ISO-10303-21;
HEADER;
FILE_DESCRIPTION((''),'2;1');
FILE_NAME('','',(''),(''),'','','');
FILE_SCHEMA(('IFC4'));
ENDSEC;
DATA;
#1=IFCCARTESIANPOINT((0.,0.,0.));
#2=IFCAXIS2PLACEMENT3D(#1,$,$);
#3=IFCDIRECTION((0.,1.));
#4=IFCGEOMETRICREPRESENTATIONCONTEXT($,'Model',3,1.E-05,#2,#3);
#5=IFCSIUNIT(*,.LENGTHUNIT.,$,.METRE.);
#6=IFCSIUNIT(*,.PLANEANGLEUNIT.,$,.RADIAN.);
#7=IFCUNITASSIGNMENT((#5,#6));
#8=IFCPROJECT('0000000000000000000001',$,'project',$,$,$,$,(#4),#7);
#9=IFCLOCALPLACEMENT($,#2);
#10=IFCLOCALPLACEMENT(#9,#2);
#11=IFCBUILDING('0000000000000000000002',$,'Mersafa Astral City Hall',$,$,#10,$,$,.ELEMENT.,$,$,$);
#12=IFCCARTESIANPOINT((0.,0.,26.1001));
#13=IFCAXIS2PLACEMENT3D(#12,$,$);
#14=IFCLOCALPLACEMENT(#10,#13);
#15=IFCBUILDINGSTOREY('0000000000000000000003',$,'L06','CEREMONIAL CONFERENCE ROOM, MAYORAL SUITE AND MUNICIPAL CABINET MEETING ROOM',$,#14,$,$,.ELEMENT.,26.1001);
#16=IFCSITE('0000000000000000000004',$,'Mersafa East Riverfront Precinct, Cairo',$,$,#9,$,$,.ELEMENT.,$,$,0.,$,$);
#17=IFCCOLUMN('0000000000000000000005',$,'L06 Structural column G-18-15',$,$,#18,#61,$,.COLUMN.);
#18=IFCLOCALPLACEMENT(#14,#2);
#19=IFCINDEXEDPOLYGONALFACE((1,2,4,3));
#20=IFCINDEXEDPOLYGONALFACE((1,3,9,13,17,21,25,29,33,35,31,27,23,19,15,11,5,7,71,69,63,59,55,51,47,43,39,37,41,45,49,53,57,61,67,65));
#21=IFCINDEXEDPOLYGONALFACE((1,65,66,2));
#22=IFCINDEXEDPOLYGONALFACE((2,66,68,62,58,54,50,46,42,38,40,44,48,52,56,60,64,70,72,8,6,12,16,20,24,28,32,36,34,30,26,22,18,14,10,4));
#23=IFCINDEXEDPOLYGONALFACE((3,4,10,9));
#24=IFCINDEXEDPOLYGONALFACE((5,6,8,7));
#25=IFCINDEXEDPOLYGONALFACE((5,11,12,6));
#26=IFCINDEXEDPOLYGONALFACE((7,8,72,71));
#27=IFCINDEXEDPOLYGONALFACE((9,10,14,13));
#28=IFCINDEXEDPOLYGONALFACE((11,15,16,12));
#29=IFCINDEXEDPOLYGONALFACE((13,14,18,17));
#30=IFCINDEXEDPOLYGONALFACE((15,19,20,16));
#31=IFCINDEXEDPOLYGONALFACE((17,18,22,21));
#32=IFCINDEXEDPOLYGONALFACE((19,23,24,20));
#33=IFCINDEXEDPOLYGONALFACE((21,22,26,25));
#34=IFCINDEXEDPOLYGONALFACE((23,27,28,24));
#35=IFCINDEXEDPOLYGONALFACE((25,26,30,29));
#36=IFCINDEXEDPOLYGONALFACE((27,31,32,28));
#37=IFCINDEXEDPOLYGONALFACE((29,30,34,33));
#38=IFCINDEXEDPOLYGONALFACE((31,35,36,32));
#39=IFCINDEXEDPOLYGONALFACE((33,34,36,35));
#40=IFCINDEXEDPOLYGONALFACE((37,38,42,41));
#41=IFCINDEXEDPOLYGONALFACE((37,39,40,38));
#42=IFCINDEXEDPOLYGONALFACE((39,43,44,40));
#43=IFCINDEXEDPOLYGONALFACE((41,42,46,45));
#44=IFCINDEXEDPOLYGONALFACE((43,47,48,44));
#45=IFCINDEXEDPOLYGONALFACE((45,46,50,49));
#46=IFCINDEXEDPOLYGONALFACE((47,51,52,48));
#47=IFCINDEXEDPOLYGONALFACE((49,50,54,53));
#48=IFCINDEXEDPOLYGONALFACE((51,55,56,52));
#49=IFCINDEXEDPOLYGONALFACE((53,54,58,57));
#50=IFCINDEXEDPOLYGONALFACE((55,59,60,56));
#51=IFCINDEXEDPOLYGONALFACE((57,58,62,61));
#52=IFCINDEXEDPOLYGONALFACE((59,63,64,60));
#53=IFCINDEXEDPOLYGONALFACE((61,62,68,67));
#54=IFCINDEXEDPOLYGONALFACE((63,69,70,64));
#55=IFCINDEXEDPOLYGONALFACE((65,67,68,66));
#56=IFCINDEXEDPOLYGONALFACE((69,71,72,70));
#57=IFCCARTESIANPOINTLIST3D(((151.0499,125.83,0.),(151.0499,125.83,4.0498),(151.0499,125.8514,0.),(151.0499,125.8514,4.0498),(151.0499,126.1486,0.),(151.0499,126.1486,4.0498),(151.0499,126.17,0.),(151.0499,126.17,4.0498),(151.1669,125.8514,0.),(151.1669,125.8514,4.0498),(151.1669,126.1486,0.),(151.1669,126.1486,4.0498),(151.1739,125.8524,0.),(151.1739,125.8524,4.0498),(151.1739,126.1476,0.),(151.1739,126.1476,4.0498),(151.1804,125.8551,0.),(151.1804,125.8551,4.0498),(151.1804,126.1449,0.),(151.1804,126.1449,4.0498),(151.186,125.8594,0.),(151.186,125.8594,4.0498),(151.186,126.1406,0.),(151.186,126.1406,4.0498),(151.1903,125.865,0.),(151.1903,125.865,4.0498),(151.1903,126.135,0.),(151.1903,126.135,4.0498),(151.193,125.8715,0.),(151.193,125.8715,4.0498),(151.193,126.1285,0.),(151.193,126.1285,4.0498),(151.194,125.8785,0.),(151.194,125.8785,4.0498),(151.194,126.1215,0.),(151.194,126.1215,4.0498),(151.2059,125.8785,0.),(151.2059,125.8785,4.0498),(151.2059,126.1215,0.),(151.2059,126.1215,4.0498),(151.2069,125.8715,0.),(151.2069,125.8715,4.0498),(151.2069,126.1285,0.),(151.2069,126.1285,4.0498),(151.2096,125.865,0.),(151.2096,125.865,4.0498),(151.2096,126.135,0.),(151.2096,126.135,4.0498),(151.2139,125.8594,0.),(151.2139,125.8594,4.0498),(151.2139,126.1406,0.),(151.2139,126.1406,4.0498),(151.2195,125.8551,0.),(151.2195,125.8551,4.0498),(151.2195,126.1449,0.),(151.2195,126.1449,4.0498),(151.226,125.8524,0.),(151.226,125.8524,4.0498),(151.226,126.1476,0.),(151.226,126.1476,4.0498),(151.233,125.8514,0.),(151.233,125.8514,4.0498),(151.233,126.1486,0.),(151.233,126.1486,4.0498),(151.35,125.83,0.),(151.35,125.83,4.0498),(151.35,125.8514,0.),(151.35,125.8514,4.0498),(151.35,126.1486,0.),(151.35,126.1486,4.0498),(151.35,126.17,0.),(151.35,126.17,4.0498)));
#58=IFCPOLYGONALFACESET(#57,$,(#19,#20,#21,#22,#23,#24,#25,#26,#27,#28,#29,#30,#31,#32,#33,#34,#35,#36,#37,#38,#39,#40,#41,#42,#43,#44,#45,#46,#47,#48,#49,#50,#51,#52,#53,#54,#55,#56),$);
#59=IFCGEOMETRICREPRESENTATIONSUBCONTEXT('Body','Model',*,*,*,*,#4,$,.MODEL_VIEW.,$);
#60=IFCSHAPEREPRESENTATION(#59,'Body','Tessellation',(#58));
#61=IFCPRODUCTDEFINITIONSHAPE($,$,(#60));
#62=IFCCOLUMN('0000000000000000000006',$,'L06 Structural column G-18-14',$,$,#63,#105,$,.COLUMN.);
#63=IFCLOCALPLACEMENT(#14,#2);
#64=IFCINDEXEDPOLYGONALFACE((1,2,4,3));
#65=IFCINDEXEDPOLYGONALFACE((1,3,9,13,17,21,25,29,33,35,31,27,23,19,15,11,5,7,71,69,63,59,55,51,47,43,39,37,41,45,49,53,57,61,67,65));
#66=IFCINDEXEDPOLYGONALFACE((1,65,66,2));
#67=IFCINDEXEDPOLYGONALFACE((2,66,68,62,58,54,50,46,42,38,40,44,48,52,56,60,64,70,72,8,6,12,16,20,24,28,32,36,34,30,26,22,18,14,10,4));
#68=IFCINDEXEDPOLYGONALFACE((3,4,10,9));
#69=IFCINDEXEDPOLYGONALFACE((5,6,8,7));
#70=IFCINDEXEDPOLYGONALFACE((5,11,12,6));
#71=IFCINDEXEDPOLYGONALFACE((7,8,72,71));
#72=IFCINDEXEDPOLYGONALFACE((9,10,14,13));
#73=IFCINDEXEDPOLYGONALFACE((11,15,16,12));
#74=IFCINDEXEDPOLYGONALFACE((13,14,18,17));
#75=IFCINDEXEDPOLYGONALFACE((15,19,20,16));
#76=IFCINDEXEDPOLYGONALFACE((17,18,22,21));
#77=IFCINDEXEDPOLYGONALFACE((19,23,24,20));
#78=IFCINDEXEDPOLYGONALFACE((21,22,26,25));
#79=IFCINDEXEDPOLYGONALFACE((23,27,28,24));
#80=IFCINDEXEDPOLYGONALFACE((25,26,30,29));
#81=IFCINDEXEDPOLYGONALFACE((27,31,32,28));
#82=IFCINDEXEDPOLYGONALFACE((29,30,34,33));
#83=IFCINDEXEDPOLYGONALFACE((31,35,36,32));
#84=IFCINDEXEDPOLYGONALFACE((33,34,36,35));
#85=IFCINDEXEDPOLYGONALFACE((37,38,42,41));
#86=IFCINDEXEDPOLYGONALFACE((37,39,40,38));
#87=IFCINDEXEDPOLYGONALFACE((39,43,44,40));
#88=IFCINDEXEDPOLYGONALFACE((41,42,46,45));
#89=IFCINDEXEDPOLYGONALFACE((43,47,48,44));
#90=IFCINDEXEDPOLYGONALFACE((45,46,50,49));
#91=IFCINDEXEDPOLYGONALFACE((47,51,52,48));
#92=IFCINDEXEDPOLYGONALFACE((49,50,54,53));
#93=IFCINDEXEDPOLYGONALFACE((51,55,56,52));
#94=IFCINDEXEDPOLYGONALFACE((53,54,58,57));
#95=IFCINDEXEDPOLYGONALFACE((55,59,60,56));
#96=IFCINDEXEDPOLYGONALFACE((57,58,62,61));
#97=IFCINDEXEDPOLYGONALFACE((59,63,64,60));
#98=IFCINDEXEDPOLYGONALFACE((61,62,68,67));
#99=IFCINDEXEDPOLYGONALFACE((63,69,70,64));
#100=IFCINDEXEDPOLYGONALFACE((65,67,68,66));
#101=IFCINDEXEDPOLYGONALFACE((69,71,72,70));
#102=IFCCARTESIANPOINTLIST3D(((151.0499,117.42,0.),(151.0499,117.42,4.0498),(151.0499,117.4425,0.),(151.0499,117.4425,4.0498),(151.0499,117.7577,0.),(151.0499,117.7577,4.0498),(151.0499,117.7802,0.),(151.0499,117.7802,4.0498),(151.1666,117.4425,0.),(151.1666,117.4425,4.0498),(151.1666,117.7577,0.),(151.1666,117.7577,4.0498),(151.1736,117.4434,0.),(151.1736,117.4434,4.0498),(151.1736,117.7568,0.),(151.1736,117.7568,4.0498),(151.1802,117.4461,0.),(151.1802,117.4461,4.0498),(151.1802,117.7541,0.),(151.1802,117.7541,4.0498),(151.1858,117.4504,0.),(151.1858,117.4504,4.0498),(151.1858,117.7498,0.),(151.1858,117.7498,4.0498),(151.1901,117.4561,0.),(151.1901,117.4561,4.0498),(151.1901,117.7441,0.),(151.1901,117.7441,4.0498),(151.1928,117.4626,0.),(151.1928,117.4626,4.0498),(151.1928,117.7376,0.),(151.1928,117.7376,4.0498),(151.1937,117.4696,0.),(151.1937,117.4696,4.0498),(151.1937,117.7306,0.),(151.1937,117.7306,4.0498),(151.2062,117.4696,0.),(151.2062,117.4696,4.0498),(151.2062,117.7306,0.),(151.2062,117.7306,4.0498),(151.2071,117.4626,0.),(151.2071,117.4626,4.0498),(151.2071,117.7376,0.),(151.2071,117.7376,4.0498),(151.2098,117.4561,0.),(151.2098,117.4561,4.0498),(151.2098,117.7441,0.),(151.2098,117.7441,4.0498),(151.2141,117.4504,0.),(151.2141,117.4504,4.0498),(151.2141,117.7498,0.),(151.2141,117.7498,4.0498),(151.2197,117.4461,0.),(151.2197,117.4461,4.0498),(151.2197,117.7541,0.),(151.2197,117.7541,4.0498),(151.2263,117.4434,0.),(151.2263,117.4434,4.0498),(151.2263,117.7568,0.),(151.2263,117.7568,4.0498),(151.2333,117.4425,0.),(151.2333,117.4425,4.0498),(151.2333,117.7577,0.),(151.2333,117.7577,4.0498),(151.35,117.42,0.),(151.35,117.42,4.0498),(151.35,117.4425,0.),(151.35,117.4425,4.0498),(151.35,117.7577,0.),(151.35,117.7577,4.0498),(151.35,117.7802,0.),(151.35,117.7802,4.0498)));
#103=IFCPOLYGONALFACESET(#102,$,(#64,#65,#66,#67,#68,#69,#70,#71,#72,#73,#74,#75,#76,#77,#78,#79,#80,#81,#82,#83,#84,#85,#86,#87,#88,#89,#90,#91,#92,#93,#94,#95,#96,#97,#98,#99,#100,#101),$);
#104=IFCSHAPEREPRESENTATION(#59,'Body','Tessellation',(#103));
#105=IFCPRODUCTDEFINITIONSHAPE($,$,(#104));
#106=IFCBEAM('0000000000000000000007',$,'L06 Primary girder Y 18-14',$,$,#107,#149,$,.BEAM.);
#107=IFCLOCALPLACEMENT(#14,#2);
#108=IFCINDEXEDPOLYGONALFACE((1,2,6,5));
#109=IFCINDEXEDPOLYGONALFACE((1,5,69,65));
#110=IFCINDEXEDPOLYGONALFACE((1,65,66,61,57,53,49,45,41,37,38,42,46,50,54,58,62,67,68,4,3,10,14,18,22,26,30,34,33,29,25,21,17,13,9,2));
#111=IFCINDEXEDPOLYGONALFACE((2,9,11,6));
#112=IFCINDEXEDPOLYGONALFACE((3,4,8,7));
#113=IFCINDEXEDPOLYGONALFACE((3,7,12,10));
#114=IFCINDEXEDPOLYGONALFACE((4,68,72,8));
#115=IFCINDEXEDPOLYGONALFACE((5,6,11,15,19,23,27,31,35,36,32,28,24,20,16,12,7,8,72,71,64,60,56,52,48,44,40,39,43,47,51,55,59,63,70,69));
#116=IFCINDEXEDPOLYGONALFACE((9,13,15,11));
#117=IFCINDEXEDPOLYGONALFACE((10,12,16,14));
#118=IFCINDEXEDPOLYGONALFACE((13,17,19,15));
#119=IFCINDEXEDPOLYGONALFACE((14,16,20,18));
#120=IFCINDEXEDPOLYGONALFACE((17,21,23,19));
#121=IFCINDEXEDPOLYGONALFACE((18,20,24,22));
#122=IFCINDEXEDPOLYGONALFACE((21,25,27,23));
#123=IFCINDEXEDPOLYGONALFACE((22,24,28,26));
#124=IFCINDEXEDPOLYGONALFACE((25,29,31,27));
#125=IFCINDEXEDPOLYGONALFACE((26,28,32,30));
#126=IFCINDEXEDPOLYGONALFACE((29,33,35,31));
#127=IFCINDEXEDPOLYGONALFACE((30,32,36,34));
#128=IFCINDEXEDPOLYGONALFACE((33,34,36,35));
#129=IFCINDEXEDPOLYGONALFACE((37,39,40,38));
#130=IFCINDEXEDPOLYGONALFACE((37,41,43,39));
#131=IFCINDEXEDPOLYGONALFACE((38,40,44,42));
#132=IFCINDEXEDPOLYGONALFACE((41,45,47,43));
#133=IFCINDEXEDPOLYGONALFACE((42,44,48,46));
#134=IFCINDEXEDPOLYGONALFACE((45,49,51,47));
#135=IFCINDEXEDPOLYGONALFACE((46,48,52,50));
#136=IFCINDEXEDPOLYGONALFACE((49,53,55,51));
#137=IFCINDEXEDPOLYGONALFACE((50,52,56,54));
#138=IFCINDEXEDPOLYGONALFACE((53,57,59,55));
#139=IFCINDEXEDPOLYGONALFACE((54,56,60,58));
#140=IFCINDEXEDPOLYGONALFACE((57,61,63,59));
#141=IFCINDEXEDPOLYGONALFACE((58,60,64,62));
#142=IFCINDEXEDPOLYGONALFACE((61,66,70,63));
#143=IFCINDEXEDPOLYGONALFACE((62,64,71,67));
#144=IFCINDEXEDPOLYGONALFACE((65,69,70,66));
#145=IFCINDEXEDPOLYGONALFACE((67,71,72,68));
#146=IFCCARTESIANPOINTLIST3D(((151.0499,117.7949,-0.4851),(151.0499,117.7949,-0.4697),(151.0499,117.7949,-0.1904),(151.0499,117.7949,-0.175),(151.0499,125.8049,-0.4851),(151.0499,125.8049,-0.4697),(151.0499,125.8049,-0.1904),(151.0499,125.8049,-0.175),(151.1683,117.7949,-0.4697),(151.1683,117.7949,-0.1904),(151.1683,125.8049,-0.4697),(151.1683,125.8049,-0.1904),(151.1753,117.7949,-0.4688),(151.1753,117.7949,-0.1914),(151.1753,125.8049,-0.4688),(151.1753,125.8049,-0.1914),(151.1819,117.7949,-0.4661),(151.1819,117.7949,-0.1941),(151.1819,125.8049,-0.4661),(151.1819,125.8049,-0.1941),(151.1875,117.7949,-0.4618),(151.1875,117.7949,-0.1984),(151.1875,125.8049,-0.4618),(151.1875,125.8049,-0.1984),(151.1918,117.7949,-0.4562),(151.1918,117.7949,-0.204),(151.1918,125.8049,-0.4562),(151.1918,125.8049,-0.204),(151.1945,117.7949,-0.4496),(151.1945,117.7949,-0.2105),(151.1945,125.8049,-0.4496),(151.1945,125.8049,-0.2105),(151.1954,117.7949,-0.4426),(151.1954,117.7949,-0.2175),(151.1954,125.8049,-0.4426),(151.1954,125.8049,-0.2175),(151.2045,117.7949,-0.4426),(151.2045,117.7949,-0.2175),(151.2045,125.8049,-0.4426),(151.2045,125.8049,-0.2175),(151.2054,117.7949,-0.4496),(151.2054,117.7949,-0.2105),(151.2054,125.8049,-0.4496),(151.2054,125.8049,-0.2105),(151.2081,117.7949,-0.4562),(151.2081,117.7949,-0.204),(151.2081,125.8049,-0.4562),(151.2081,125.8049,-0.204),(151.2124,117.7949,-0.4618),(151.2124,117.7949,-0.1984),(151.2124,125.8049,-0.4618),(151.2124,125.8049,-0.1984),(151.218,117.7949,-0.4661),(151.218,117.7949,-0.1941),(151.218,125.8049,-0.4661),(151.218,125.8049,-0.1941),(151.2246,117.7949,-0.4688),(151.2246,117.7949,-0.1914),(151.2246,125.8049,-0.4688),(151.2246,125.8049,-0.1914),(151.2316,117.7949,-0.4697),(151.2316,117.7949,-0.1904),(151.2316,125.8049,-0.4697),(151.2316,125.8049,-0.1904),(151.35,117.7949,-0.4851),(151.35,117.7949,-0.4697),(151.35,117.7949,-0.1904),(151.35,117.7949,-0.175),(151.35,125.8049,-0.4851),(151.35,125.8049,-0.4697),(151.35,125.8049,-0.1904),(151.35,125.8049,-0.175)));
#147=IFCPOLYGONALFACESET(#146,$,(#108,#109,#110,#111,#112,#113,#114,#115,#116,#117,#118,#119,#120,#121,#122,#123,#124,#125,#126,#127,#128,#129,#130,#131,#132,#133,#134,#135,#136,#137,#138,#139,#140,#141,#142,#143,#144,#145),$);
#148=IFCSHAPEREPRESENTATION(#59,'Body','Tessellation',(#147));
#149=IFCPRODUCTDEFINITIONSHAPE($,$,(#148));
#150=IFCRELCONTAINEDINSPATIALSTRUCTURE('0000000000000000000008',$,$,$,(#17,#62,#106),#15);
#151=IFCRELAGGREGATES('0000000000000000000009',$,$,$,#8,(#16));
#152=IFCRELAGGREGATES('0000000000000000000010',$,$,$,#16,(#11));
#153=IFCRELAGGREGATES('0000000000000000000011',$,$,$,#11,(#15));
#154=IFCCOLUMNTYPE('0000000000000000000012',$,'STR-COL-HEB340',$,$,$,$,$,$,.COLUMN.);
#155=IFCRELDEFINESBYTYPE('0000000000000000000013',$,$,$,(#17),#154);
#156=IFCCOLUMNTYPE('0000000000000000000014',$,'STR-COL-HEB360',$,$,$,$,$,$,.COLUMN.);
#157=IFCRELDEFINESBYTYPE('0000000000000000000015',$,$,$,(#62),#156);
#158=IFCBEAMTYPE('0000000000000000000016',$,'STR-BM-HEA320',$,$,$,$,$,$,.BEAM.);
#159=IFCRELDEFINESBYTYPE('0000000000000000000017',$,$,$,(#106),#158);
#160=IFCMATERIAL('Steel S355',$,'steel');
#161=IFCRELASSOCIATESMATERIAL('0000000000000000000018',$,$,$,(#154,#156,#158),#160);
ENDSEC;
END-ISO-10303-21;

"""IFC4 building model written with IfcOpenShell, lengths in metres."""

from ifc_helpers import new_model, si_unit, direction, frame, origin, origin_2d, place, context, subcontext, project, spatial, i_section, extrude, material, material_profile, profile_set, type_object, element, save


model = new_model("IFC4")

# Units and contexts
model_context = context("Model", 3, precision=1e-05, world=origin(), true_north=direction((0.0, 1.0)))
body_context = subcontext(model_context, "Body", "Model", "MODEL_VIEW")
ifc_project = project(units=[si_unit("LENGTHUNIT", "METRE"), si_unit("PLANEANGLEUNIT", "RADIAN")], contexts=[model_context])

# Site, building, storey
site_placement = place(None, origin())
site = spatial("IfcSite", under=ifc_project, at=site_placement, Name="Mersafa East Riverfront Precinct, Cairo", CompositionType="ELEMENT", RefElevation=0.0)
building_placement = place(site_placement, origin())
building = spatial("IfcBuilding", under=site, at=building_placement, Name="Mersafa Astral City Hall", CompositionType="ELEMENT")
storey_placement = place(building_placement, frame((0.0, 0.0, 26.1001)))
storey = spatial("IfcBuildingStorey", under=building, at=storey_placement, Name="L06", Description="CEREMONIAL CONFERENCE ROOM, MAYORAL SUITE AND MUNICIPAL CABINET MEETING ROOM", CompositionType="ELEMENT", Elevation=26.1001)

# Columns
ifc_material_1 = material(Name="Steel S355", Category="steel")
ifc_material_profile_1 = material_profile(ifc_material_1, i_section(OverallWidth=0.3, OverallDepth=0.3401, WebThickness=0.012, FlangeThickness=0.0215, FilletRadius=0.0271, at=origin_2d()), Name="HEB 340")
ifc_profile_set_1 = profile_set([ifc_material_profile_1], Name="Steel S355")
column_type_1 = type_object("IfcColumnType", Name="STR-COL-HEB340", PredefinedType="COLUMN", material=ifc_profile_set_1)
column_1_placement = place(storey_placement, frame((151.2, 126.0, 0.0), z_axis=(0.0, 0.0, 1.0), x_axis=(1.0, 0.0, 0.0)))
element("IfcColumn", 1, at=column_1_placement, inside=storey, type_object=column_type_1, Name="L06 Structural column G-18-15", PredefinedType="COLUMN", context=body_context, shape_type="SweptSolid", body=[
    extrude(i_section(OverallWidth=0.3, OverallDepth=0.3401, WebThickness=0.012, FlangeThickness=0.0215, FilletRadius=0.0271, at=origin_2d()), origin(), (0.0, 0.0, 1.0), 4.0498),
])
ifc_material_profile_2 = material_profile(ifc_material_1, i_section(OverallWidth=0.3, OverallDepth=0.3601, WebThickness=0.0125, FlangeThickness=0.0225, FilletRadius=0.0271, at=origin_2d()), Name="HEB 360")
ifc_profile_set_2 = profile_set([ifc_material_profile_2], Name="Steel S355")
column_type_2 = type_object("IfcColumnType", Name="STR-COL-HEB360", PredefinedType="COLUMN", material=ifc_profile_set_2)
column_2_placement = place(storey_placement, frame((151.2, 117.6001, 0.0), z_axis=(0.0, 0.0, 1.0), x_axis=(1.0, 0.0, 0.0)))
element("IfcColumn", 2, at=column_2_placement, inside=storey, type_object=column_type_2, Name="L06 Structural column G-18-14", PredefinedType="COLUMN", context=body_context, shape_type="SweptSolid", body=[
    extrude(i_section(OverallWidth=0.3, OverallDepth=0.3601, WebThickness=0.0125, FlangeThickness=0.0225, FilletRadius=0.0271, at=origin_2d()), origin(), (0.0, 0.0, 1.0), 4.0498),
])

# Beam
ifc_material_profile_3 = material_profile(ifc_material_1, i_section(OverallWidth=0.3, OverallDepth=0.3101, WebThickness=0.009, FlangeThickness=0.0154, FilletRadius=0.0271, at=origin_2d()), Name="HEA 320")
ifc_profile_set_3 = profile_set([ifc_material_profile_3], Name="Steel S355")
beam_type_1 = type_object("IfcBeamType", Name="STR-BM-HEA320", PredefinedType="BEAM", material=ifc_profile_set_3)
beam_1_placement = place(storey_placement, frame((151.2, 117.7949, -0.3301), z_axis=(0.0, 1.0, 0.0), x_axis=(-1.0, 0.0, 0.0)))
element("IfcBeam", 3, at=beam_1_placement, inside=storey, type_object=beam_type_1, Name="L06 Primary girder Y 18-14", PredefinedType="BEAM", context=body_context, shape_type="SweptSolid", body=[
    extrude(i_section(OverallWidth=0.3, OverallDepth=0.3101, WebThickness=0.009, FlangeThickness=0.0154, FilletRadius=0.0271, at=origin_2d()), origin(), (0.0, 0.0, 1.0), 8.01),
])

save(model, "model.ifc")
